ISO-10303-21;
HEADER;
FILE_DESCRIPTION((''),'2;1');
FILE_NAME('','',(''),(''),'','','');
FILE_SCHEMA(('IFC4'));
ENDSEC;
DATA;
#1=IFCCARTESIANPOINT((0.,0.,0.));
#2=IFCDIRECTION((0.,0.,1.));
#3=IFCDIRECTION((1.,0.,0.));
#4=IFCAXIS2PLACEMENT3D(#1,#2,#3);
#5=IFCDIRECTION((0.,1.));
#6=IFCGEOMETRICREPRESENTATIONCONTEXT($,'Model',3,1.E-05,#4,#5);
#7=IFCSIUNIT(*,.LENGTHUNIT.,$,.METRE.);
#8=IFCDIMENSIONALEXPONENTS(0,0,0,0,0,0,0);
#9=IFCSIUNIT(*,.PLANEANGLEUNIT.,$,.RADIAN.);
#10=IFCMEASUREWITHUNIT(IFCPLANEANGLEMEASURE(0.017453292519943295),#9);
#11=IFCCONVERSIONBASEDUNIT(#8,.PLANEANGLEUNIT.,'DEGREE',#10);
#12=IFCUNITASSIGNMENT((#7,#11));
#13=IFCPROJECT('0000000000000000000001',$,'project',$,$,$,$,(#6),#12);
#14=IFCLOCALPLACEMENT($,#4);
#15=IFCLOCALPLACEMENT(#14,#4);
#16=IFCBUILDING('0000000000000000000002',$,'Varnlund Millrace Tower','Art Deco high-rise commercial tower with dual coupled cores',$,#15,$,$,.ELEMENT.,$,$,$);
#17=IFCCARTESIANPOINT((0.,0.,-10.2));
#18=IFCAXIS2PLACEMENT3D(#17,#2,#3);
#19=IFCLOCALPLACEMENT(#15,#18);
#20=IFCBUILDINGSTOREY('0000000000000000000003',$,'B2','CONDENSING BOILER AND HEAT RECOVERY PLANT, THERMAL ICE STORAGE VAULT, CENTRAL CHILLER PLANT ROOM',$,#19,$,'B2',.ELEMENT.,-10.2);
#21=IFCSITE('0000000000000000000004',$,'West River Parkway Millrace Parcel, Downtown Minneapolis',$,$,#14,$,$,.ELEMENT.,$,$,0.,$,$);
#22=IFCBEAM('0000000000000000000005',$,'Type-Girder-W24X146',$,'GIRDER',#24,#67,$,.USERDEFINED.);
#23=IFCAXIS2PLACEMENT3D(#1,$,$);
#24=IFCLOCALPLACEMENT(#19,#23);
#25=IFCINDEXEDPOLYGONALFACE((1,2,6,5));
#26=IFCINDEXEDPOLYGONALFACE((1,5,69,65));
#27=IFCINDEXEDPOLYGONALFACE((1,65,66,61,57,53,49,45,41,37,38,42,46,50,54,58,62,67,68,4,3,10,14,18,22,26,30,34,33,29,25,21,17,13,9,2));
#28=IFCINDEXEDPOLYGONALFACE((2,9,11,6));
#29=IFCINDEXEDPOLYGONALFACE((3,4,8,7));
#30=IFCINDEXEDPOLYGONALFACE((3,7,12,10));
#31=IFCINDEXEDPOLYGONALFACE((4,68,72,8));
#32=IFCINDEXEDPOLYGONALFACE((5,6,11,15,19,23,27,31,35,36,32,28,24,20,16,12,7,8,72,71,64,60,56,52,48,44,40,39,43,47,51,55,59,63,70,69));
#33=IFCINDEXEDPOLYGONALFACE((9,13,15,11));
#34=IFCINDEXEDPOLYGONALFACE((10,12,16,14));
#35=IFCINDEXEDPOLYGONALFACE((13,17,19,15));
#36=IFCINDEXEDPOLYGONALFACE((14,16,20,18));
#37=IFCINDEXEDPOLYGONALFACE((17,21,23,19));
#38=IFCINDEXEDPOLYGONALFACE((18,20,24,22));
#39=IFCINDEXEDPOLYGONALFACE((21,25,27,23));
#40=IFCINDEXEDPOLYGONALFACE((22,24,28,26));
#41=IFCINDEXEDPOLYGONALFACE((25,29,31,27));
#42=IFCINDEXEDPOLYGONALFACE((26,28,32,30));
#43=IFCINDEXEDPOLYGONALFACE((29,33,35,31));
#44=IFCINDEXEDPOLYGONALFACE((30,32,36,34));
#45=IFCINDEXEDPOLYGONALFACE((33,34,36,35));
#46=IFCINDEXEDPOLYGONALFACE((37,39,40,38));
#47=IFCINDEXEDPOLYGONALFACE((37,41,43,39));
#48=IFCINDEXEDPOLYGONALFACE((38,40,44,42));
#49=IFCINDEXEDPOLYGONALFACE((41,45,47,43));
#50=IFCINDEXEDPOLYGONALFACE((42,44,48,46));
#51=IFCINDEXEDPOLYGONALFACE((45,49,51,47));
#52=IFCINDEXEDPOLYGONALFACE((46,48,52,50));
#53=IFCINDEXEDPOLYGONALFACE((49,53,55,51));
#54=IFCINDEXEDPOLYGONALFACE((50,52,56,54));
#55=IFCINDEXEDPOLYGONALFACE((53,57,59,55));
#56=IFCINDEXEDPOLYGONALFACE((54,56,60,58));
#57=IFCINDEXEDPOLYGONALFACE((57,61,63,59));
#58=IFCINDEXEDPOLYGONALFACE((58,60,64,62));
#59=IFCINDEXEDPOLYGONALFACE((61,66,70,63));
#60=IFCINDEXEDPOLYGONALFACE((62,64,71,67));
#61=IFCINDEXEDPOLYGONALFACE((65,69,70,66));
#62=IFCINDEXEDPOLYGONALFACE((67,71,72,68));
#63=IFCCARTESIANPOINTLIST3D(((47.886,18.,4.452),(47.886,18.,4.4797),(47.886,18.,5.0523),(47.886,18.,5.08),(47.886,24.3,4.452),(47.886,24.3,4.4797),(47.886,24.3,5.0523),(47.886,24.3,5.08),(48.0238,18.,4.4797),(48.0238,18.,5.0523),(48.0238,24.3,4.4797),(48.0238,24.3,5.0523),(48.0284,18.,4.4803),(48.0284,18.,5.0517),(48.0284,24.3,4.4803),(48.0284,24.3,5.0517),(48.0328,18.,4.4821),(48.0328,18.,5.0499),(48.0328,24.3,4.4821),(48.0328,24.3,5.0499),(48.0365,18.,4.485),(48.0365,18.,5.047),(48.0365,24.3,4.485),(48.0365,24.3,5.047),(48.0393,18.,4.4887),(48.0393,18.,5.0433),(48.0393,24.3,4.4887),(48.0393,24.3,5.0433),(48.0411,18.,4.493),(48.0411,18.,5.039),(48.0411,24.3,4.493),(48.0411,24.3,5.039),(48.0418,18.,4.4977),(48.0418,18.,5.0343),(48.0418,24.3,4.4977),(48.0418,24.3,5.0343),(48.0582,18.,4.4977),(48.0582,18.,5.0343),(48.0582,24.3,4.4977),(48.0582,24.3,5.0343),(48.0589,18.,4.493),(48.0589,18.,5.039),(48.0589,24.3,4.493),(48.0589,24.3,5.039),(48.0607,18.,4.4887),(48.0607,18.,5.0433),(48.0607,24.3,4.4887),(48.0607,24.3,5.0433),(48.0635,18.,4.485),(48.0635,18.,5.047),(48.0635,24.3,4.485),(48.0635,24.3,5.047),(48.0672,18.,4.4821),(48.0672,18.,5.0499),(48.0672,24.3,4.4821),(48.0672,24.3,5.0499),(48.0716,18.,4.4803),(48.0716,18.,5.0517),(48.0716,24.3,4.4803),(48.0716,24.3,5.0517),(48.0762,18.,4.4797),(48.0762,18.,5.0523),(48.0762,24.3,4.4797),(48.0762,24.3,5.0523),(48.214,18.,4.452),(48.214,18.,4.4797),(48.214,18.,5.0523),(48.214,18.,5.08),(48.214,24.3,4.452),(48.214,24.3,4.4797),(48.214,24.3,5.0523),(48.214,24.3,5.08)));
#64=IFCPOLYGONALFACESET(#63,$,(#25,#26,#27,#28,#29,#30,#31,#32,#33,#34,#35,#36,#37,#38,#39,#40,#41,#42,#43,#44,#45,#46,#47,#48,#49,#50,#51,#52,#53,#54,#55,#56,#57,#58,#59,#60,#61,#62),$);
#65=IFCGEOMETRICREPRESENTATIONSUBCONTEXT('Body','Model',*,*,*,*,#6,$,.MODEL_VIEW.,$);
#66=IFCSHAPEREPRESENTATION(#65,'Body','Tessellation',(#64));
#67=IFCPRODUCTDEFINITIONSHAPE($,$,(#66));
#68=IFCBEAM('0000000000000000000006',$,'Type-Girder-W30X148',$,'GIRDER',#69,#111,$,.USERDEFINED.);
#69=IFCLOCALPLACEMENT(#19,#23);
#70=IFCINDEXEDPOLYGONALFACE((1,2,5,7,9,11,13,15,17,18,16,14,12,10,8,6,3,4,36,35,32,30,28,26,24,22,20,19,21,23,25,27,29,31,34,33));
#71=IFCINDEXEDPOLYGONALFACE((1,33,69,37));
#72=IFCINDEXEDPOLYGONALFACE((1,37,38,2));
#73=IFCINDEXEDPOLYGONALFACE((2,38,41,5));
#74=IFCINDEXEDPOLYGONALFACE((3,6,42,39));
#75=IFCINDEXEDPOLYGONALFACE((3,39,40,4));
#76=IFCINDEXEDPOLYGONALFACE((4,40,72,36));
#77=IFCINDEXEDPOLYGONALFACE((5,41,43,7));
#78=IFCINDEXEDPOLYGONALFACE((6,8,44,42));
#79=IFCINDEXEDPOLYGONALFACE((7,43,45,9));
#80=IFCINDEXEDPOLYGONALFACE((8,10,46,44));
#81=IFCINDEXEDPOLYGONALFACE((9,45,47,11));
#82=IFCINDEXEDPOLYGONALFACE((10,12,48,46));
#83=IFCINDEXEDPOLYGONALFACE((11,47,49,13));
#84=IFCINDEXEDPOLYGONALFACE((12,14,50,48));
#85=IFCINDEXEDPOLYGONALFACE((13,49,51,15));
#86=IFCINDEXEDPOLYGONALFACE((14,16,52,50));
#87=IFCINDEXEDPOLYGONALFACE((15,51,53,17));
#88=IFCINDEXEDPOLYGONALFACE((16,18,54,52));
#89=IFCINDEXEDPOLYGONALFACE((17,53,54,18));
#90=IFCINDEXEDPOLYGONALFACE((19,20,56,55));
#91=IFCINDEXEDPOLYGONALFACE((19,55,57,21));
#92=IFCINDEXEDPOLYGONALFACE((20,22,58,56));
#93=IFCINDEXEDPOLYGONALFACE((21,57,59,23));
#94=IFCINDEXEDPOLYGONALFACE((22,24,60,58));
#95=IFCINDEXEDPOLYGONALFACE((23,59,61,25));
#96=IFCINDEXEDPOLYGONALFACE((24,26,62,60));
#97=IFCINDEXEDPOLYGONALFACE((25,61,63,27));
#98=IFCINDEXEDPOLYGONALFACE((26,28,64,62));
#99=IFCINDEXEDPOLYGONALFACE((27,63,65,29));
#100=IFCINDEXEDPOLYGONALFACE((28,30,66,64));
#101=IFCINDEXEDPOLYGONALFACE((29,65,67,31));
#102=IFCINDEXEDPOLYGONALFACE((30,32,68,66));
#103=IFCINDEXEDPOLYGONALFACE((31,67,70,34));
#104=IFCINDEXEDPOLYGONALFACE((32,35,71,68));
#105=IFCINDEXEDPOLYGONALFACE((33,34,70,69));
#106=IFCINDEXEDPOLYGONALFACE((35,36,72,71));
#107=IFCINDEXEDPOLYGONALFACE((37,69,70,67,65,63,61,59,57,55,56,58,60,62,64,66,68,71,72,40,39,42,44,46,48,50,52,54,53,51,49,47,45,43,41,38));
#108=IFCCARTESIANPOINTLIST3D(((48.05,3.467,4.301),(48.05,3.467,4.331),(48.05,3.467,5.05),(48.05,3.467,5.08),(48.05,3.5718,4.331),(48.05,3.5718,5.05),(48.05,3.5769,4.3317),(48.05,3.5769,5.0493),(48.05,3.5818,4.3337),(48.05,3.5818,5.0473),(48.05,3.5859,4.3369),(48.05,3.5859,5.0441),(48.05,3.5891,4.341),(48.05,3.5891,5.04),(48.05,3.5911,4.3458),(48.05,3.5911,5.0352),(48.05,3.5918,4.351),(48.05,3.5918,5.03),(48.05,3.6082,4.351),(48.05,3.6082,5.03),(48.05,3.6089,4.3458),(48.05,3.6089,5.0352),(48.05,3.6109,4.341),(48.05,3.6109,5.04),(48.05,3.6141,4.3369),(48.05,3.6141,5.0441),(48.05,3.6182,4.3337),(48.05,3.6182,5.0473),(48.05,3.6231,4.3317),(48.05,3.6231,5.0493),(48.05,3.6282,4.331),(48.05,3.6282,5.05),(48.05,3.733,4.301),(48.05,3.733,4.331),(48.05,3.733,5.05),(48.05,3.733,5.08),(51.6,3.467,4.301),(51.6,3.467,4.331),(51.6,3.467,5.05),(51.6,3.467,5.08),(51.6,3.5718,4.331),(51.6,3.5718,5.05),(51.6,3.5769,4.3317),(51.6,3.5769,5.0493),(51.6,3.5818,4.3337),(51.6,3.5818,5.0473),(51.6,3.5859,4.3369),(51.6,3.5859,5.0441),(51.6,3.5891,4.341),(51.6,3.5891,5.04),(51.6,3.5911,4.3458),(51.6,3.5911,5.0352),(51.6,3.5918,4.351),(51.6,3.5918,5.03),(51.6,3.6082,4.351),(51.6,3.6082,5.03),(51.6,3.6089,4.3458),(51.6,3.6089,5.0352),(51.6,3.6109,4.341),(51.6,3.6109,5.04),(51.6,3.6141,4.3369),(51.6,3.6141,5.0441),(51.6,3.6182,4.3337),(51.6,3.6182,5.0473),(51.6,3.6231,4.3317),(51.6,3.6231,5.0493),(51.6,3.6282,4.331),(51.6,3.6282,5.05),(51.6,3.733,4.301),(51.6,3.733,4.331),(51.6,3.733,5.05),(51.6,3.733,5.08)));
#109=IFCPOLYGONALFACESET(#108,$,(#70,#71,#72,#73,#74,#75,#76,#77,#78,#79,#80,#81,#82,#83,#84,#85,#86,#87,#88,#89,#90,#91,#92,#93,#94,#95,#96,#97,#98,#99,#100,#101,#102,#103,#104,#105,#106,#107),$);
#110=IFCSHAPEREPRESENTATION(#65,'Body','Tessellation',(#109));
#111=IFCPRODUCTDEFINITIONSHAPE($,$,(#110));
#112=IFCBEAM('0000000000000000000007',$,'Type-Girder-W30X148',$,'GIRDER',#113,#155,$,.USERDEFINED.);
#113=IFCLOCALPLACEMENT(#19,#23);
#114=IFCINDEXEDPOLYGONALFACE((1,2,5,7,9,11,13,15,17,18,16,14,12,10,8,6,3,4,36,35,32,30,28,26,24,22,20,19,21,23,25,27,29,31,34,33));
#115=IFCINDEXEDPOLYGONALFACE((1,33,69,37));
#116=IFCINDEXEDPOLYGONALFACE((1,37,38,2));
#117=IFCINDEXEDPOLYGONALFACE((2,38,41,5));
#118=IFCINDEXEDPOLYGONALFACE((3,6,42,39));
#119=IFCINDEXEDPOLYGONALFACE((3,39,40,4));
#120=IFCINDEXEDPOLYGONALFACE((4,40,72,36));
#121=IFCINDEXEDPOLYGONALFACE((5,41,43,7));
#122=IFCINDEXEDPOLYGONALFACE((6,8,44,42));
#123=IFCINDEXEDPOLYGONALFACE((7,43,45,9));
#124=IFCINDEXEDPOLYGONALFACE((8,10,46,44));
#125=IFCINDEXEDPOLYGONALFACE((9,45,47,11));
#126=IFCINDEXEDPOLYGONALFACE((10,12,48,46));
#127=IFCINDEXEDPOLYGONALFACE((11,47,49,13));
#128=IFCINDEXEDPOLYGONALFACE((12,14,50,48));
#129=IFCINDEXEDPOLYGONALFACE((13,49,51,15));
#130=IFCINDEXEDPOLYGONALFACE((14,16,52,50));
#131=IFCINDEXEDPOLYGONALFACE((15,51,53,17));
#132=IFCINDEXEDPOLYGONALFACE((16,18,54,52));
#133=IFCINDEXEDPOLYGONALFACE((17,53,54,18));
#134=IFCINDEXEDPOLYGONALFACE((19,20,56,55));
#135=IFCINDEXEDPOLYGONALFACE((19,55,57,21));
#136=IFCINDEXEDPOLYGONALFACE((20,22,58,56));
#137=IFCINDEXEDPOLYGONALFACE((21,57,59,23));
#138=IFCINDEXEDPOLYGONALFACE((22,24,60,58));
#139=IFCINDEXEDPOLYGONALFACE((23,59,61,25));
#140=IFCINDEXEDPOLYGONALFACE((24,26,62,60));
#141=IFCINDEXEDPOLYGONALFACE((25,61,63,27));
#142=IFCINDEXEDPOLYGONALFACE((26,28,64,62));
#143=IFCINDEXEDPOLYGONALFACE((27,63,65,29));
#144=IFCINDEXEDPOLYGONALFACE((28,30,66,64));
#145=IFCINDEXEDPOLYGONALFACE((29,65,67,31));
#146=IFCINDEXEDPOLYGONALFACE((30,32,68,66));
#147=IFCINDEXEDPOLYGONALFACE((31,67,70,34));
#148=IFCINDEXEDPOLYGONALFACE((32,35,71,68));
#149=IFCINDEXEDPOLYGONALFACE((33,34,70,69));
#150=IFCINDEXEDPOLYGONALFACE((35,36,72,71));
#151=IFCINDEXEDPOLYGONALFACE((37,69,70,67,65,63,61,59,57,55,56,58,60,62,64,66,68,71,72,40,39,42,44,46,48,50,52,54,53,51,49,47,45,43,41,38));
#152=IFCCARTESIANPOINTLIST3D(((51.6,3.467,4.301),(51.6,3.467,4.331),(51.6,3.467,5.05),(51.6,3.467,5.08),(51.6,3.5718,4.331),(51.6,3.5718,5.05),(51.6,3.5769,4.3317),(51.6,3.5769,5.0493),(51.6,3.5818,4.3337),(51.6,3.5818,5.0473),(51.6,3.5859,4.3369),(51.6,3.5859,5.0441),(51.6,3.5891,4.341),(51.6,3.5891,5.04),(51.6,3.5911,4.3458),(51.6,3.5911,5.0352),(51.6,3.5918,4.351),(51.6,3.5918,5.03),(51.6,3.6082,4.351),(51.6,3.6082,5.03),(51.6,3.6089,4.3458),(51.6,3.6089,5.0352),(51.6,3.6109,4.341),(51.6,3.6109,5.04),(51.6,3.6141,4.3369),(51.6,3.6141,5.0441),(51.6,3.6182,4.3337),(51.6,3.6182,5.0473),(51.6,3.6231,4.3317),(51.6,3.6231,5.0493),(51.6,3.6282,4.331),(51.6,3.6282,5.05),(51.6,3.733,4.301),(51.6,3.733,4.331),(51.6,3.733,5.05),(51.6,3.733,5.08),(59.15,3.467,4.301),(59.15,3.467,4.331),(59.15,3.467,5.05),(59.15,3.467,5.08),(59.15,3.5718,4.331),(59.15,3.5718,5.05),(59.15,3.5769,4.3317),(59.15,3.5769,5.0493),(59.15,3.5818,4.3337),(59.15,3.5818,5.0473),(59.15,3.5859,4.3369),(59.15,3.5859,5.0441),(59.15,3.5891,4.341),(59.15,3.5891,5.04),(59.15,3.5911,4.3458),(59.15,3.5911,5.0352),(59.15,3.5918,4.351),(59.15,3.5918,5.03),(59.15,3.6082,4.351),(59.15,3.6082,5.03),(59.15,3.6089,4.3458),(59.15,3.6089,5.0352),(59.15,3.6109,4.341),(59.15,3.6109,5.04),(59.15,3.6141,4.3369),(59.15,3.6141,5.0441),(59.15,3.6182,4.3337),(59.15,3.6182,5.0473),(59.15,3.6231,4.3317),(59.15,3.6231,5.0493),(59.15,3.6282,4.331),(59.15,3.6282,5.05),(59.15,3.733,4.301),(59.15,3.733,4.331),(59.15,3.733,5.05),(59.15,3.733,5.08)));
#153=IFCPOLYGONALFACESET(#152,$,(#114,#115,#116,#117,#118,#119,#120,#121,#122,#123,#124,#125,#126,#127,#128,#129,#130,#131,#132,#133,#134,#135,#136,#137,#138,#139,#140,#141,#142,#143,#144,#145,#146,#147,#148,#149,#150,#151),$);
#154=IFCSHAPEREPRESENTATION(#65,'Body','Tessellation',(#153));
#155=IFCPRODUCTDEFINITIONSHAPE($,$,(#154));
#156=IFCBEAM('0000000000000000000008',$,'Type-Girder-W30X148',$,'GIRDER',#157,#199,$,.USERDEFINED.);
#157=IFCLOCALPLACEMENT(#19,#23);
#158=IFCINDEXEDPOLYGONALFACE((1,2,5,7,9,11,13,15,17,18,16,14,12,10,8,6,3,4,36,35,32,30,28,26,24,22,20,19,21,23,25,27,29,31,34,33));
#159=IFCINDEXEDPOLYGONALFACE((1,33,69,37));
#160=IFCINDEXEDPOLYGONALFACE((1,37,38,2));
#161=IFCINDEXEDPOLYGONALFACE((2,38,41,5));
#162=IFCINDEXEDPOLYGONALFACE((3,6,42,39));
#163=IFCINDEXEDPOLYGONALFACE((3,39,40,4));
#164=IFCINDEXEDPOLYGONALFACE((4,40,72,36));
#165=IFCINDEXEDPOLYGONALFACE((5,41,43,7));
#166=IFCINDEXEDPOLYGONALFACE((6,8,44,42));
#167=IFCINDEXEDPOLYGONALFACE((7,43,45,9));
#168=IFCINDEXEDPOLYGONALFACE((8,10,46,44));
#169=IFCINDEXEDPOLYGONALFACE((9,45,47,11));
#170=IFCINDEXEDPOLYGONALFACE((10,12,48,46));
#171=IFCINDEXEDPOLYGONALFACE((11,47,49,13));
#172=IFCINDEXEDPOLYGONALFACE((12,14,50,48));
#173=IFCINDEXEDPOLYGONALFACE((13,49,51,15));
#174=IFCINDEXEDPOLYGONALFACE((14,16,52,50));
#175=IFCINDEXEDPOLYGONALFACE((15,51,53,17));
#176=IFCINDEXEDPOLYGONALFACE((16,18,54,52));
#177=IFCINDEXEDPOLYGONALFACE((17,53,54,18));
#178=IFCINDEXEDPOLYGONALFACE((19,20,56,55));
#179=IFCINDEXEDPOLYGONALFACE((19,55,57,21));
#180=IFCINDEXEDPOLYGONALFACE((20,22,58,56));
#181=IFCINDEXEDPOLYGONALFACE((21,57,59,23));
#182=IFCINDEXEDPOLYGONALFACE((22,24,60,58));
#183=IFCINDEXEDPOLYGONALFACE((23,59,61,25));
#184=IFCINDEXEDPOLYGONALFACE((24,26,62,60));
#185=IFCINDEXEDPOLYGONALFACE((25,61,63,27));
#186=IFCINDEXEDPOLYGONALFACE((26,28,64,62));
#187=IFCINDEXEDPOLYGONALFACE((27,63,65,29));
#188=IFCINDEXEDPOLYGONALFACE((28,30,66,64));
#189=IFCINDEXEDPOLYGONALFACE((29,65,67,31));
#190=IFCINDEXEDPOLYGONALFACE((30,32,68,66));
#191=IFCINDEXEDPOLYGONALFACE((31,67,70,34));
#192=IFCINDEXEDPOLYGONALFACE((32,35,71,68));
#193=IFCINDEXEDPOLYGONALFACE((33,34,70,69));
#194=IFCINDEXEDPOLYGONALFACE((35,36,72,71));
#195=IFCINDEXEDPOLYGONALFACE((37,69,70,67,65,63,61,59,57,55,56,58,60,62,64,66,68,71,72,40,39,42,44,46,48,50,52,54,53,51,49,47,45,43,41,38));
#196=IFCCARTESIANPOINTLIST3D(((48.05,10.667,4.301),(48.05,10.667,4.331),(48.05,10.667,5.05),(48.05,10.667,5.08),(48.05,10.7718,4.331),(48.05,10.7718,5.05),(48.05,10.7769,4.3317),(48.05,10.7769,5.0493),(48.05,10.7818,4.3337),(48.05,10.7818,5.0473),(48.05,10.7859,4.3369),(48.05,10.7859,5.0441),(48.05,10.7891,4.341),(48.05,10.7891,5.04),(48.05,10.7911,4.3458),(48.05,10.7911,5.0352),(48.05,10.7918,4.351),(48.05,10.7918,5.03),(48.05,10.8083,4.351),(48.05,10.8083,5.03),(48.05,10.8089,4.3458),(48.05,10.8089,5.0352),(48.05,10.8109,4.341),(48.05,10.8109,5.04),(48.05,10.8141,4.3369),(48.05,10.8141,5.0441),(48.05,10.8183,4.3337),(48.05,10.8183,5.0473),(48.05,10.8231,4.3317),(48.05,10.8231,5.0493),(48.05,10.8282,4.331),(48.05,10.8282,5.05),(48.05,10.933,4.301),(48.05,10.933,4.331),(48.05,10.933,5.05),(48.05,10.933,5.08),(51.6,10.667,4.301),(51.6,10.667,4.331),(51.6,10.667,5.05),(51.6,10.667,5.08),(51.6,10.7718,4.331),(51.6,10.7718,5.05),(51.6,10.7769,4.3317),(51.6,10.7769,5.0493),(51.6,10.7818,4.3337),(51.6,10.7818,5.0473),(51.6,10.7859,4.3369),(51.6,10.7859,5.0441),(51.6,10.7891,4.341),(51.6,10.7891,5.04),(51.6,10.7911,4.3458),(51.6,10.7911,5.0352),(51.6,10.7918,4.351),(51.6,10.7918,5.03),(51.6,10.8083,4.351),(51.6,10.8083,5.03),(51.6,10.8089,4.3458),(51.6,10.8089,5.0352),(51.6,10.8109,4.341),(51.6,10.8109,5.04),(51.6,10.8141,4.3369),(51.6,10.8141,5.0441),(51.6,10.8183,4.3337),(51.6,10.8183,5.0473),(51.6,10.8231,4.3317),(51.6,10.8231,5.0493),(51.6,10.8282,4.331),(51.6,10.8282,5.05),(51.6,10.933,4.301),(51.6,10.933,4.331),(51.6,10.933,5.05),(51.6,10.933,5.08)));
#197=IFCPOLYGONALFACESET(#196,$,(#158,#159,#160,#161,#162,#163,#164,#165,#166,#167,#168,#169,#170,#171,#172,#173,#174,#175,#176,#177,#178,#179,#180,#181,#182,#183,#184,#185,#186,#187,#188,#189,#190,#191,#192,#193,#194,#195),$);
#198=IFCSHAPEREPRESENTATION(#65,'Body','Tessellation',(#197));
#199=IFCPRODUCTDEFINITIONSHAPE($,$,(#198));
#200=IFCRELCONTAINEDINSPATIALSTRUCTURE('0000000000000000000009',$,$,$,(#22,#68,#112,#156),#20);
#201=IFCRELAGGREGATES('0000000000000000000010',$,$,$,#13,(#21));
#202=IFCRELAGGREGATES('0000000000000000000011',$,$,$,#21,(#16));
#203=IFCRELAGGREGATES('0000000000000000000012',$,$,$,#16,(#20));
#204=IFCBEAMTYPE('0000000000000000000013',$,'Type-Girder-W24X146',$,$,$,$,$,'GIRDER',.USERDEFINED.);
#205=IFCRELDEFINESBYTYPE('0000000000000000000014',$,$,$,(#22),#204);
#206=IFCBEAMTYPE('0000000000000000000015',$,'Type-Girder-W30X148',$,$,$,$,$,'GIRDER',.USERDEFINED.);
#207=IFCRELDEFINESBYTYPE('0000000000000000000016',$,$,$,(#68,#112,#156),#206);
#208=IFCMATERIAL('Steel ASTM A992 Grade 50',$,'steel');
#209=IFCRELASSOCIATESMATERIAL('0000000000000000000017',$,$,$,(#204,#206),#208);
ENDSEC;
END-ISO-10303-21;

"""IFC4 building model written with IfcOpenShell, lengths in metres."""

from ifc_helpers import new_model, entity, si_unit, converted_unit, direction, frame, origin_with_axes, origin_2d_with_axis, place, context, subcontext, project, spatial, i_section, extrude, material, material_profile, profile_set, type_object, element, save


model = new_model("IFC4")

# Units and contexts
model_context = context("Model", 3, precision=1e-05, world=origin_with_axes(), true_north=direction((0.0, 1.0)))
body_context = subcontext(model_context, "Body", "Model", "MODEL_VIEW")
ifc_project = project(units=[si_unit("LENGTHUNIT", "METRE"), converted_unit("PLANEANGLEUNIT", "DEGREE", entity("IfcPlaneAngleMeasure", 0.017453292519943295), si_unit("PLANEANGLEUNIT", "RADIAN"), dimensions=[0, 0, 0, 0, 0, 0, 0])], contexts=[model_context])

# Site, building, storey
site_placement = place(None, origin_with_axes())
site = spatial("IfcSite", under=ifc_project, at=site_placement, Name="West River Parkway Millrace Parcel, Downtown Minneapolis", CompositionType="ELEMENT", RefElevation=0.0)
building_placement = place(site_placement, origin_with_axes())
building = spatial("IfcBuilding", under=site, at=building_placement, Name="Varnlund Millrace Tower", Description="Art Deco high-rise commercial tower with dual coupled cores", CompositionType="ELEMENT")
storey_placement = place(building_placement, frame((0.0, 0.0, -10.2), z_axis=(0.0, 0.0, 1.0), x_axis=(1.0, 0.0, 0.0)))
storey = spatial("IfcBuildingStorey", under=building, at=storey_placement, Name="B2", Description="CONDENSING BOILER AND HEAT RECOVERY PLANT, THERMAL ICE STORAGE VAULT, CENTRAL CHILLER PLANT ROOM", LongName="B2", CompositionType="ELEMENT", Elevation=-10.2)

# Beams
ifc_material_1 = material(Name="Steel ASTM A992 Grade 50", Category="steel")
ifc_material_profile_1 = material_profile(ifc_material_1, i_section(OverallWidth=0.328, OverallDepth=0.628, WebThickness=0.0165, FlangeThickness=0.0277, FilletRadius=0.018, at=origin_2d_with_axis()), Name="Steel ASTM A992 Grade 50")
ifc_profile_set_1 = profile_set([ifc_material_profile_1], Name="Steel ASTM A992 Grade 50")
beam_type_1 = type_object("IfcBeamType", Name="Type-Girder-W24X146", ElementType="GIRDER", PredefinedType="USERDEFINED", material=ifc_profile_set_1)
beam_1_placement = place(storey_placement, frame((48.05, 18.0, 4.766), z_axis=(0.0, 1.0, 0.0), x_axis=(-1.0, 0.0, 0.0)))
element("IfcBeam", 1, at=beam_1_placement, inside=storey, type_object=beam_type_1, Name="Type-Girder-W24X146", ObjectType="GIRDER", PredefinedType="USERDEFINED", context=body_context, shape_type="SweptSolid", body=[
    extrude(i_section(OverallWidth=0.328, OverallDepth=0.628, WebThickness=0.0165, FlangeThickness=0.0277, FilletRadius=0.018, at=origin_2d_with_axis()), origin_with_axes(), (0.0, 0.0, 1.0), 6.3),
])
ifc_material_profile_2 = material_profile(ifc_material_1, i_section(OverallWidth=0.266, OverallDepth=0.779, WebThickness=0.0165, FlangeThickness=0.03, FilletRadius=0.02, at=origin_2d_with_axis()), Name="Steel ASTM A992 Grade 50")
ifc_profile_set_2 = profile_set([ifc_material_profile_2], Name="Steel ASTM A992 Grade 50")
beam_type_2 = type_object("IfcBeamType", Name="Type-Girder-W30X148", ElementType="GIRDER", PredefinedType="USERDEFINED", material=ifc_profile_set_2)
beam_2_placement = place(storey_placement, frame((48.05, 3.6, 4.6905), z_axis=(1.0, 0.0, 0.0), x_axis=(0.0, 1.0, 0.0)))
element("IfcBeam", 2, at=beam_2_placement, inside=storey, type_object=beam_type_2, Name="Type-Girder-W30X148", ObjectType="GIRDER", PredefinedType="USERDEFINED", context=body_context, shape_type="SweptSolid", body=[
    extrude(i_section(OverallWidth=0.266, OverallDepth=0.779, WebThickness=0.0165, FlangeThickness=0.03, FilletRadius=0.02, at=origin_2d_with_axis()), origin_with_axes(), (0.0, 0.0, 1.0), 3.55),
])
beam_3_placement = place(storey_placement, frame((51.6, 3.6, 4.6905), z_axis=(1.0, 0.0, 0.0), x_axis=(0.0, 1.0, 0.0)))
element("IfcBeam", 3, at=beam_3_placement, inside=storey, type_object=beam_type_2, Name="Type-Girder-W30X148", ObjectType="GIRDER", PredefinedType="USERDEFINED", context=body_context, shape_type="SweptSolid", body=[
    extrude(i_section(OverallWidth=0.266, OverallDepth=0.779, WebThickness=0.0165, FlangeThickness=0.03, FilletRadius=0.02, at=origin_2d_with_axis()), origin_with_axes(), (0.0, 0.0, 1.0), 7.55),
])
beam_4_placement = place(storey_placement, frame((48.05, 10.8, 4.6905), z_axis=(1.0, 0.0, 0.0), x_axis=(0.0, 1.0, 0.0)))
element("IfcBeam", 4, at=beam_4_placement, inside=storey, type_object=beam_type_2, Name="Type-Girder-W30X148", ObjectType="GIRDER", PredefinedType="USERDEFINED", context=body_context, shape_type="SweptSolid", body=[
    extrude(i_section(OverallWidth=0.266, OverallDepth=0.779, WebThickness=0.0165, FlangeThickness=0.03, FilletRadius=0.02, at=origin_2d_with_axis()), origin_with_axes(), (0.0, 0.0, 1.0), 3.55),
])

save(model, "model.ifc")
